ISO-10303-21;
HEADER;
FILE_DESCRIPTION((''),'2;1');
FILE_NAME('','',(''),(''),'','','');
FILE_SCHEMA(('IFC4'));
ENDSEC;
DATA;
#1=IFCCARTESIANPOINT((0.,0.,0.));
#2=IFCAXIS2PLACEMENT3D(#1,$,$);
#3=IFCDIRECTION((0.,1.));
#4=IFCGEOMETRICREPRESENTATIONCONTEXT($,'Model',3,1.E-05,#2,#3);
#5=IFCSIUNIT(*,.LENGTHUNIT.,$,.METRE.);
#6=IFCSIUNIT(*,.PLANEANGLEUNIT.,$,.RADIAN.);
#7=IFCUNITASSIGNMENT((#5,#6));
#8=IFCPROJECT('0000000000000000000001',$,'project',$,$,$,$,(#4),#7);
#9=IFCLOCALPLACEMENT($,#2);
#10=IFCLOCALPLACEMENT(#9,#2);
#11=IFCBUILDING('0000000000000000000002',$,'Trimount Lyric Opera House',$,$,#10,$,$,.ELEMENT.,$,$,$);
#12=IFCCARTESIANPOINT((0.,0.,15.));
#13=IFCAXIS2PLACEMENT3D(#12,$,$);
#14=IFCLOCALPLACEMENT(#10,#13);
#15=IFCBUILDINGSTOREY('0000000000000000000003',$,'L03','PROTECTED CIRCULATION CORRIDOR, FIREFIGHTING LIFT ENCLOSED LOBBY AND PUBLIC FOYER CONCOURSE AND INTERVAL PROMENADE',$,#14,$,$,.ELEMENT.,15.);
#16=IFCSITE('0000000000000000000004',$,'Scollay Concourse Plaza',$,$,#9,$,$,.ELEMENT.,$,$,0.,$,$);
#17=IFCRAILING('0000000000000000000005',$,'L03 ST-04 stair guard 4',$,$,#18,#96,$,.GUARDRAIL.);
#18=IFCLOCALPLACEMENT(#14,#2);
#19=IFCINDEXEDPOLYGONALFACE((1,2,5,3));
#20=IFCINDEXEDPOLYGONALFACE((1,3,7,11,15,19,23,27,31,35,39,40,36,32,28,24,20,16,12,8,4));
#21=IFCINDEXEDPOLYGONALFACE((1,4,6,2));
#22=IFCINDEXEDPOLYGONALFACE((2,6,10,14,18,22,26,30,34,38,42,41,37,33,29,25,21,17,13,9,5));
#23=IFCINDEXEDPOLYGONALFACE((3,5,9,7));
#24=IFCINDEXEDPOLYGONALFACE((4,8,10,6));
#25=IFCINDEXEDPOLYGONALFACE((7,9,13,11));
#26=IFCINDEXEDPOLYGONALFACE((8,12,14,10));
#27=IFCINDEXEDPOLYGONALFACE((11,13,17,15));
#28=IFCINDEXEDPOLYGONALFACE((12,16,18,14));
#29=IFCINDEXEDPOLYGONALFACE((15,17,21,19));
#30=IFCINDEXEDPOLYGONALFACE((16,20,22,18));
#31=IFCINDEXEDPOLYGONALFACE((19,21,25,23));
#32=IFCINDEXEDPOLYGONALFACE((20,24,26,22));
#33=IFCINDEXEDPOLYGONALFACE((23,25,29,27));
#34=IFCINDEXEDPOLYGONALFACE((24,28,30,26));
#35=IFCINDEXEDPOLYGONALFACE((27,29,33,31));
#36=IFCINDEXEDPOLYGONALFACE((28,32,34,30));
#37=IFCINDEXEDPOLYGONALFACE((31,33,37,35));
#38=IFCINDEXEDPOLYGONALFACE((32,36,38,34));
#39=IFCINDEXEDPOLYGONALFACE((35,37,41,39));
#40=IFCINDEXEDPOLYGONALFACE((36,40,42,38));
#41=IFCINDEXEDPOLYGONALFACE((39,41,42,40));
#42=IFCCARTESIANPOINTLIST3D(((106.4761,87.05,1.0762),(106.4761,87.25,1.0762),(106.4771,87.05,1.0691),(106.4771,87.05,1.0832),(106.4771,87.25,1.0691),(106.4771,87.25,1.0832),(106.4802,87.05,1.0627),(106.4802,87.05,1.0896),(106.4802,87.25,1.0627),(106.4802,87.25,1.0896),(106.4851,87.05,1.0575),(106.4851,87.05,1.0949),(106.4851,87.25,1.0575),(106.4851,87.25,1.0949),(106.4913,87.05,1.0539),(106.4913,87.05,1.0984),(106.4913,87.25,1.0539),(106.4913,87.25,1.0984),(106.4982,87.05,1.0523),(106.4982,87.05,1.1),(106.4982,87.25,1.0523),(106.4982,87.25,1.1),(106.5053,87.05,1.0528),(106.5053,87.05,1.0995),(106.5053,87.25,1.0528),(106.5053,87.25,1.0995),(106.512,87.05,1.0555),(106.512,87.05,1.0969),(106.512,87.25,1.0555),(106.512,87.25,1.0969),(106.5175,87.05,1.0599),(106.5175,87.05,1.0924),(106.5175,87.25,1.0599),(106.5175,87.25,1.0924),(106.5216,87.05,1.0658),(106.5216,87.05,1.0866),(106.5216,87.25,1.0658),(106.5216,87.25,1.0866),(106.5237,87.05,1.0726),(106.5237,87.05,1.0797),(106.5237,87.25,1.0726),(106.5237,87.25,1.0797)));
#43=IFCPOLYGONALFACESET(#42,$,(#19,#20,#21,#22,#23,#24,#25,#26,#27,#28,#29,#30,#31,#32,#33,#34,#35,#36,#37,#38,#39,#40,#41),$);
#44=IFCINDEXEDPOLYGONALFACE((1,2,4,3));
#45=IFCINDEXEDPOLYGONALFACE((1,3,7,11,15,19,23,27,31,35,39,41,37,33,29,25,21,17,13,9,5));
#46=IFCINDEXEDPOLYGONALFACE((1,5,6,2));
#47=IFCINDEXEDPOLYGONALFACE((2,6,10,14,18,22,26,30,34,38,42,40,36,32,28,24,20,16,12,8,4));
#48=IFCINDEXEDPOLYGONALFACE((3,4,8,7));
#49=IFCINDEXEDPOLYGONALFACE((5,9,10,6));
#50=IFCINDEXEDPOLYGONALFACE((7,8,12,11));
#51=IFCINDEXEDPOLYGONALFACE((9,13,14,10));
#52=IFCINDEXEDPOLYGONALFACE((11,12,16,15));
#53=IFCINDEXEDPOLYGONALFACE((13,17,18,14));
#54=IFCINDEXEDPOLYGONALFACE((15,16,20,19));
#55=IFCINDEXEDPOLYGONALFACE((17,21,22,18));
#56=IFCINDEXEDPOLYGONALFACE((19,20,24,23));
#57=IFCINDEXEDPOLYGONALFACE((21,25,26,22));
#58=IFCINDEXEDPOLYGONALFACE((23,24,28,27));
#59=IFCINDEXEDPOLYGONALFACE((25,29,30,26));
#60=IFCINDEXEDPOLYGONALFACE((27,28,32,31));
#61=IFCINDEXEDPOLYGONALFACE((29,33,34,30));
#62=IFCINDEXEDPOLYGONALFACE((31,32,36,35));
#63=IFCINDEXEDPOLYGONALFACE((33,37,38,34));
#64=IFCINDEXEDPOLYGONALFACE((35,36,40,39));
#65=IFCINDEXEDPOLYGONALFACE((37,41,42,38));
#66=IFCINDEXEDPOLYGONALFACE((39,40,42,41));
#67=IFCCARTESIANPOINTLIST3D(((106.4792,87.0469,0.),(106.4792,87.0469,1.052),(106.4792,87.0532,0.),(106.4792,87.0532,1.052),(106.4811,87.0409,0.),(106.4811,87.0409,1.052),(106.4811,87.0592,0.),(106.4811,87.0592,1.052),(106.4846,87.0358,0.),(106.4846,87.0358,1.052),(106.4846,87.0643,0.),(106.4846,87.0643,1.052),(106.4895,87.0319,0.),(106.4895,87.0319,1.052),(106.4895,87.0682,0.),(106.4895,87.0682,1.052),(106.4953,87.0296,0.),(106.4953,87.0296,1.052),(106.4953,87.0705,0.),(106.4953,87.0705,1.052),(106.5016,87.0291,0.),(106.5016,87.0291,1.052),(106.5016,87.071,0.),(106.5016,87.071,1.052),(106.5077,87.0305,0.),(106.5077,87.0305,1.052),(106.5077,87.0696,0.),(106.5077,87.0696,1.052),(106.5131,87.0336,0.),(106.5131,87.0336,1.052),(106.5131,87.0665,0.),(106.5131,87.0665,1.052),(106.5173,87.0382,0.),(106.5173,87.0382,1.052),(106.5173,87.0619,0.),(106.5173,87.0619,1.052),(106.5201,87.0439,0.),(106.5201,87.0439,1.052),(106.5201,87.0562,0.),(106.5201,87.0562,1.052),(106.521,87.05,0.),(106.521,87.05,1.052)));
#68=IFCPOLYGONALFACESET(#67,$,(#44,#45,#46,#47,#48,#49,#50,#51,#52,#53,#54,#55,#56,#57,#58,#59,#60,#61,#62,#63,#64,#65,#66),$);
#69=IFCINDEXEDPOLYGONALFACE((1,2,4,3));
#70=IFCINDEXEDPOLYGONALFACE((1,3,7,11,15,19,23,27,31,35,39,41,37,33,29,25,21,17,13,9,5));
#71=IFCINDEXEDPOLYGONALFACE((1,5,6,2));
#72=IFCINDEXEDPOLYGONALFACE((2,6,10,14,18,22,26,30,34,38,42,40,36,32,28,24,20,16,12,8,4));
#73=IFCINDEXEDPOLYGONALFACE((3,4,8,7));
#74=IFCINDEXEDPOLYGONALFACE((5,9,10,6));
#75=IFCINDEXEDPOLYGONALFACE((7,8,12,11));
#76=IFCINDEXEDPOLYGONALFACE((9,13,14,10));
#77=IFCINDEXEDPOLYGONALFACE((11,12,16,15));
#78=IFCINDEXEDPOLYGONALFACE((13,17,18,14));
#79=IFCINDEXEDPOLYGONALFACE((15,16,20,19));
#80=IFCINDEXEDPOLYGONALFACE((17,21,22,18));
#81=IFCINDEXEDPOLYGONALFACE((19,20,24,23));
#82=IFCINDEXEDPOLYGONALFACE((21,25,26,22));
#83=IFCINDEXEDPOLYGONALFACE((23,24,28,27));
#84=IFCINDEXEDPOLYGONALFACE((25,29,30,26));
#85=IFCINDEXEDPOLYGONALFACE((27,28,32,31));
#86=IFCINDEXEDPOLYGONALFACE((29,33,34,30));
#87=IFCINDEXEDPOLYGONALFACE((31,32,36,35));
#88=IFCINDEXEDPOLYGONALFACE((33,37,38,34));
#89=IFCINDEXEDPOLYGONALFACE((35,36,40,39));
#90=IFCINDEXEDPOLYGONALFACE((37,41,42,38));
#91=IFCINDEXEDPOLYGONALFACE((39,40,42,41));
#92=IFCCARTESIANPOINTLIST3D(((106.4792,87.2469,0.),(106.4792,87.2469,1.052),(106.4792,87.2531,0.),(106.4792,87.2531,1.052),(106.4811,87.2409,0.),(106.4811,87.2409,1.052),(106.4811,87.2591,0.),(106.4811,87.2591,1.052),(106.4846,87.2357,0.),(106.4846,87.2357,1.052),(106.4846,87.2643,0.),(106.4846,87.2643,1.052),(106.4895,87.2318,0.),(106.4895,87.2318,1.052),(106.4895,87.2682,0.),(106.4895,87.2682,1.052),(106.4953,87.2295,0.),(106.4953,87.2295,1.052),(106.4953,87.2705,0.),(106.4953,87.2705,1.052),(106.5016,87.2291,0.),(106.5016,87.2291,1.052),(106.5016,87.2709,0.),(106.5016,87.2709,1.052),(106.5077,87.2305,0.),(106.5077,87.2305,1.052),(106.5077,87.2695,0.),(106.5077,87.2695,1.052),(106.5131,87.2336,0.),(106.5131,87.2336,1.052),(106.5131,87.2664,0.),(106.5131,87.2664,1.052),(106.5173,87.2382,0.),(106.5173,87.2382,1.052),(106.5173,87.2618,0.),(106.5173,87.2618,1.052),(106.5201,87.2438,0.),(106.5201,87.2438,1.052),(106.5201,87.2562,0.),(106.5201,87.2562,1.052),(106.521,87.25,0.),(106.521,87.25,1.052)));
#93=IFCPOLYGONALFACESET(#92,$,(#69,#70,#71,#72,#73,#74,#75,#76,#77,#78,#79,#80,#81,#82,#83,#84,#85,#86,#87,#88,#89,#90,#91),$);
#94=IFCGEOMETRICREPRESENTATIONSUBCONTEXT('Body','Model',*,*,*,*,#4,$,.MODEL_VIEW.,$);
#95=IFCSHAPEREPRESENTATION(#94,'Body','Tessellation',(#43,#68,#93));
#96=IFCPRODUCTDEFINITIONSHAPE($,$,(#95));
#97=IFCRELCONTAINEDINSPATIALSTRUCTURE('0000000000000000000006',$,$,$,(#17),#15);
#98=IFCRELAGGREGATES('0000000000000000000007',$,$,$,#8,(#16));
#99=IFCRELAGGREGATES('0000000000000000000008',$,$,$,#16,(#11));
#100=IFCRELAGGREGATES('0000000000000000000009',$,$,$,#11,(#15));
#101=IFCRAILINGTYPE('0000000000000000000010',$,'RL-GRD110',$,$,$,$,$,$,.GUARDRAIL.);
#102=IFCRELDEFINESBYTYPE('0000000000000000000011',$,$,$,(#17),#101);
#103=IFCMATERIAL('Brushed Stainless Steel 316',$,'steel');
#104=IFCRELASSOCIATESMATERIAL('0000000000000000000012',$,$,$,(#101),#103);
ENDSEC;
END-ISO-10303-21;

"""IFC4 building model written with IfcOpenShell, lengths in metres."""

from ifc_helpers import new_model, si_unit, direction, frame, origin, origin_2d, place, context, subcontext, project, spatial, circle, extrude, material, type_object, element, save


model = new_model("IFC4")

# Units and contexts
model_context = context("Model", 3, precision=1e-05, world=origin(), true_north=direction((0.0, 1.0)))
body_context = subcontext(model_context, "Body", "Model", "MODEL_VIEW")
ifc_project = project(units=[si_unit("LENGTHUNIT", "METRE"), si_unit("PLANEANGLEUNIT", "RADIAN")], contexts=[model_context])

# Site, building, storey
site_placement = place(None, origin())
site = spatial("IfcSite", under=ifc_project, at=site_placement, Name="Scollay Concourse Plaza", CompositionType="ELEMENT", RefElevation=0.0)
building_placement = place(site_placement, origin())
building = spatial("IfcBuilding", under=site, at=building_placement, Name="Trimount Lyric Opera House", CompositionType="ELEMENT")
storey_placement = place(building_placement, frame((0.0, 0.0, 15.0)))
storey = spatial("IfcBuildingStorey", under=building, at=storey_placement, Name="L03", Description="PROTECTED CIRCULATION CORRIDOR, FIREFIGHTING LIFT ENCLOSED LOBBY AND PUBLIC FOYER CONCOURSE AND INTERVAL PROMENADE", CompositionType="ELEMENT", Elevation=15.0)

# Railing
ifc_material_1 = material(Name="Brushed Stainless Steel 316", Category="steel")
railing_type_1 = type_object("IfcRailingType", Name="RL-GRD110", PredefinedType="GUARDRAIL", material=ifc_material_1)
railing_1_placement = place(storey_placement, frame((106.5, 87.05, 0.0)))
element("IfcRailing", 1, at=railing_1_placement, inside=storey, type_object=railing_type_1, Name="L03 ST-04 stair guard 4", PredefinedType="GUARDRAIL", context=body_context, shape_type="SweptSolid", body=[
    extrude(circle(Radius=0.0239, at=origin_2d()), frame((0.0, 0.0, 1.0762), z_axis=(0.0, 1.0, 0.0), x_axis=(-1.0, 0.0, 0.0)), (0.0, 0.0, 1.0), 0.2),
    extrude(circle(Radius=0.021, at=origin_2d()), origin(), (0.0, 0.0, 1.0), 1.052),
    extrude(circle(Radius=0.021, at=origin_2d()), frame((0.0, 0.2, 0.0)), (0.0, 0.0, 1.0), 1.052),
])

save(model, "model.ifc")
